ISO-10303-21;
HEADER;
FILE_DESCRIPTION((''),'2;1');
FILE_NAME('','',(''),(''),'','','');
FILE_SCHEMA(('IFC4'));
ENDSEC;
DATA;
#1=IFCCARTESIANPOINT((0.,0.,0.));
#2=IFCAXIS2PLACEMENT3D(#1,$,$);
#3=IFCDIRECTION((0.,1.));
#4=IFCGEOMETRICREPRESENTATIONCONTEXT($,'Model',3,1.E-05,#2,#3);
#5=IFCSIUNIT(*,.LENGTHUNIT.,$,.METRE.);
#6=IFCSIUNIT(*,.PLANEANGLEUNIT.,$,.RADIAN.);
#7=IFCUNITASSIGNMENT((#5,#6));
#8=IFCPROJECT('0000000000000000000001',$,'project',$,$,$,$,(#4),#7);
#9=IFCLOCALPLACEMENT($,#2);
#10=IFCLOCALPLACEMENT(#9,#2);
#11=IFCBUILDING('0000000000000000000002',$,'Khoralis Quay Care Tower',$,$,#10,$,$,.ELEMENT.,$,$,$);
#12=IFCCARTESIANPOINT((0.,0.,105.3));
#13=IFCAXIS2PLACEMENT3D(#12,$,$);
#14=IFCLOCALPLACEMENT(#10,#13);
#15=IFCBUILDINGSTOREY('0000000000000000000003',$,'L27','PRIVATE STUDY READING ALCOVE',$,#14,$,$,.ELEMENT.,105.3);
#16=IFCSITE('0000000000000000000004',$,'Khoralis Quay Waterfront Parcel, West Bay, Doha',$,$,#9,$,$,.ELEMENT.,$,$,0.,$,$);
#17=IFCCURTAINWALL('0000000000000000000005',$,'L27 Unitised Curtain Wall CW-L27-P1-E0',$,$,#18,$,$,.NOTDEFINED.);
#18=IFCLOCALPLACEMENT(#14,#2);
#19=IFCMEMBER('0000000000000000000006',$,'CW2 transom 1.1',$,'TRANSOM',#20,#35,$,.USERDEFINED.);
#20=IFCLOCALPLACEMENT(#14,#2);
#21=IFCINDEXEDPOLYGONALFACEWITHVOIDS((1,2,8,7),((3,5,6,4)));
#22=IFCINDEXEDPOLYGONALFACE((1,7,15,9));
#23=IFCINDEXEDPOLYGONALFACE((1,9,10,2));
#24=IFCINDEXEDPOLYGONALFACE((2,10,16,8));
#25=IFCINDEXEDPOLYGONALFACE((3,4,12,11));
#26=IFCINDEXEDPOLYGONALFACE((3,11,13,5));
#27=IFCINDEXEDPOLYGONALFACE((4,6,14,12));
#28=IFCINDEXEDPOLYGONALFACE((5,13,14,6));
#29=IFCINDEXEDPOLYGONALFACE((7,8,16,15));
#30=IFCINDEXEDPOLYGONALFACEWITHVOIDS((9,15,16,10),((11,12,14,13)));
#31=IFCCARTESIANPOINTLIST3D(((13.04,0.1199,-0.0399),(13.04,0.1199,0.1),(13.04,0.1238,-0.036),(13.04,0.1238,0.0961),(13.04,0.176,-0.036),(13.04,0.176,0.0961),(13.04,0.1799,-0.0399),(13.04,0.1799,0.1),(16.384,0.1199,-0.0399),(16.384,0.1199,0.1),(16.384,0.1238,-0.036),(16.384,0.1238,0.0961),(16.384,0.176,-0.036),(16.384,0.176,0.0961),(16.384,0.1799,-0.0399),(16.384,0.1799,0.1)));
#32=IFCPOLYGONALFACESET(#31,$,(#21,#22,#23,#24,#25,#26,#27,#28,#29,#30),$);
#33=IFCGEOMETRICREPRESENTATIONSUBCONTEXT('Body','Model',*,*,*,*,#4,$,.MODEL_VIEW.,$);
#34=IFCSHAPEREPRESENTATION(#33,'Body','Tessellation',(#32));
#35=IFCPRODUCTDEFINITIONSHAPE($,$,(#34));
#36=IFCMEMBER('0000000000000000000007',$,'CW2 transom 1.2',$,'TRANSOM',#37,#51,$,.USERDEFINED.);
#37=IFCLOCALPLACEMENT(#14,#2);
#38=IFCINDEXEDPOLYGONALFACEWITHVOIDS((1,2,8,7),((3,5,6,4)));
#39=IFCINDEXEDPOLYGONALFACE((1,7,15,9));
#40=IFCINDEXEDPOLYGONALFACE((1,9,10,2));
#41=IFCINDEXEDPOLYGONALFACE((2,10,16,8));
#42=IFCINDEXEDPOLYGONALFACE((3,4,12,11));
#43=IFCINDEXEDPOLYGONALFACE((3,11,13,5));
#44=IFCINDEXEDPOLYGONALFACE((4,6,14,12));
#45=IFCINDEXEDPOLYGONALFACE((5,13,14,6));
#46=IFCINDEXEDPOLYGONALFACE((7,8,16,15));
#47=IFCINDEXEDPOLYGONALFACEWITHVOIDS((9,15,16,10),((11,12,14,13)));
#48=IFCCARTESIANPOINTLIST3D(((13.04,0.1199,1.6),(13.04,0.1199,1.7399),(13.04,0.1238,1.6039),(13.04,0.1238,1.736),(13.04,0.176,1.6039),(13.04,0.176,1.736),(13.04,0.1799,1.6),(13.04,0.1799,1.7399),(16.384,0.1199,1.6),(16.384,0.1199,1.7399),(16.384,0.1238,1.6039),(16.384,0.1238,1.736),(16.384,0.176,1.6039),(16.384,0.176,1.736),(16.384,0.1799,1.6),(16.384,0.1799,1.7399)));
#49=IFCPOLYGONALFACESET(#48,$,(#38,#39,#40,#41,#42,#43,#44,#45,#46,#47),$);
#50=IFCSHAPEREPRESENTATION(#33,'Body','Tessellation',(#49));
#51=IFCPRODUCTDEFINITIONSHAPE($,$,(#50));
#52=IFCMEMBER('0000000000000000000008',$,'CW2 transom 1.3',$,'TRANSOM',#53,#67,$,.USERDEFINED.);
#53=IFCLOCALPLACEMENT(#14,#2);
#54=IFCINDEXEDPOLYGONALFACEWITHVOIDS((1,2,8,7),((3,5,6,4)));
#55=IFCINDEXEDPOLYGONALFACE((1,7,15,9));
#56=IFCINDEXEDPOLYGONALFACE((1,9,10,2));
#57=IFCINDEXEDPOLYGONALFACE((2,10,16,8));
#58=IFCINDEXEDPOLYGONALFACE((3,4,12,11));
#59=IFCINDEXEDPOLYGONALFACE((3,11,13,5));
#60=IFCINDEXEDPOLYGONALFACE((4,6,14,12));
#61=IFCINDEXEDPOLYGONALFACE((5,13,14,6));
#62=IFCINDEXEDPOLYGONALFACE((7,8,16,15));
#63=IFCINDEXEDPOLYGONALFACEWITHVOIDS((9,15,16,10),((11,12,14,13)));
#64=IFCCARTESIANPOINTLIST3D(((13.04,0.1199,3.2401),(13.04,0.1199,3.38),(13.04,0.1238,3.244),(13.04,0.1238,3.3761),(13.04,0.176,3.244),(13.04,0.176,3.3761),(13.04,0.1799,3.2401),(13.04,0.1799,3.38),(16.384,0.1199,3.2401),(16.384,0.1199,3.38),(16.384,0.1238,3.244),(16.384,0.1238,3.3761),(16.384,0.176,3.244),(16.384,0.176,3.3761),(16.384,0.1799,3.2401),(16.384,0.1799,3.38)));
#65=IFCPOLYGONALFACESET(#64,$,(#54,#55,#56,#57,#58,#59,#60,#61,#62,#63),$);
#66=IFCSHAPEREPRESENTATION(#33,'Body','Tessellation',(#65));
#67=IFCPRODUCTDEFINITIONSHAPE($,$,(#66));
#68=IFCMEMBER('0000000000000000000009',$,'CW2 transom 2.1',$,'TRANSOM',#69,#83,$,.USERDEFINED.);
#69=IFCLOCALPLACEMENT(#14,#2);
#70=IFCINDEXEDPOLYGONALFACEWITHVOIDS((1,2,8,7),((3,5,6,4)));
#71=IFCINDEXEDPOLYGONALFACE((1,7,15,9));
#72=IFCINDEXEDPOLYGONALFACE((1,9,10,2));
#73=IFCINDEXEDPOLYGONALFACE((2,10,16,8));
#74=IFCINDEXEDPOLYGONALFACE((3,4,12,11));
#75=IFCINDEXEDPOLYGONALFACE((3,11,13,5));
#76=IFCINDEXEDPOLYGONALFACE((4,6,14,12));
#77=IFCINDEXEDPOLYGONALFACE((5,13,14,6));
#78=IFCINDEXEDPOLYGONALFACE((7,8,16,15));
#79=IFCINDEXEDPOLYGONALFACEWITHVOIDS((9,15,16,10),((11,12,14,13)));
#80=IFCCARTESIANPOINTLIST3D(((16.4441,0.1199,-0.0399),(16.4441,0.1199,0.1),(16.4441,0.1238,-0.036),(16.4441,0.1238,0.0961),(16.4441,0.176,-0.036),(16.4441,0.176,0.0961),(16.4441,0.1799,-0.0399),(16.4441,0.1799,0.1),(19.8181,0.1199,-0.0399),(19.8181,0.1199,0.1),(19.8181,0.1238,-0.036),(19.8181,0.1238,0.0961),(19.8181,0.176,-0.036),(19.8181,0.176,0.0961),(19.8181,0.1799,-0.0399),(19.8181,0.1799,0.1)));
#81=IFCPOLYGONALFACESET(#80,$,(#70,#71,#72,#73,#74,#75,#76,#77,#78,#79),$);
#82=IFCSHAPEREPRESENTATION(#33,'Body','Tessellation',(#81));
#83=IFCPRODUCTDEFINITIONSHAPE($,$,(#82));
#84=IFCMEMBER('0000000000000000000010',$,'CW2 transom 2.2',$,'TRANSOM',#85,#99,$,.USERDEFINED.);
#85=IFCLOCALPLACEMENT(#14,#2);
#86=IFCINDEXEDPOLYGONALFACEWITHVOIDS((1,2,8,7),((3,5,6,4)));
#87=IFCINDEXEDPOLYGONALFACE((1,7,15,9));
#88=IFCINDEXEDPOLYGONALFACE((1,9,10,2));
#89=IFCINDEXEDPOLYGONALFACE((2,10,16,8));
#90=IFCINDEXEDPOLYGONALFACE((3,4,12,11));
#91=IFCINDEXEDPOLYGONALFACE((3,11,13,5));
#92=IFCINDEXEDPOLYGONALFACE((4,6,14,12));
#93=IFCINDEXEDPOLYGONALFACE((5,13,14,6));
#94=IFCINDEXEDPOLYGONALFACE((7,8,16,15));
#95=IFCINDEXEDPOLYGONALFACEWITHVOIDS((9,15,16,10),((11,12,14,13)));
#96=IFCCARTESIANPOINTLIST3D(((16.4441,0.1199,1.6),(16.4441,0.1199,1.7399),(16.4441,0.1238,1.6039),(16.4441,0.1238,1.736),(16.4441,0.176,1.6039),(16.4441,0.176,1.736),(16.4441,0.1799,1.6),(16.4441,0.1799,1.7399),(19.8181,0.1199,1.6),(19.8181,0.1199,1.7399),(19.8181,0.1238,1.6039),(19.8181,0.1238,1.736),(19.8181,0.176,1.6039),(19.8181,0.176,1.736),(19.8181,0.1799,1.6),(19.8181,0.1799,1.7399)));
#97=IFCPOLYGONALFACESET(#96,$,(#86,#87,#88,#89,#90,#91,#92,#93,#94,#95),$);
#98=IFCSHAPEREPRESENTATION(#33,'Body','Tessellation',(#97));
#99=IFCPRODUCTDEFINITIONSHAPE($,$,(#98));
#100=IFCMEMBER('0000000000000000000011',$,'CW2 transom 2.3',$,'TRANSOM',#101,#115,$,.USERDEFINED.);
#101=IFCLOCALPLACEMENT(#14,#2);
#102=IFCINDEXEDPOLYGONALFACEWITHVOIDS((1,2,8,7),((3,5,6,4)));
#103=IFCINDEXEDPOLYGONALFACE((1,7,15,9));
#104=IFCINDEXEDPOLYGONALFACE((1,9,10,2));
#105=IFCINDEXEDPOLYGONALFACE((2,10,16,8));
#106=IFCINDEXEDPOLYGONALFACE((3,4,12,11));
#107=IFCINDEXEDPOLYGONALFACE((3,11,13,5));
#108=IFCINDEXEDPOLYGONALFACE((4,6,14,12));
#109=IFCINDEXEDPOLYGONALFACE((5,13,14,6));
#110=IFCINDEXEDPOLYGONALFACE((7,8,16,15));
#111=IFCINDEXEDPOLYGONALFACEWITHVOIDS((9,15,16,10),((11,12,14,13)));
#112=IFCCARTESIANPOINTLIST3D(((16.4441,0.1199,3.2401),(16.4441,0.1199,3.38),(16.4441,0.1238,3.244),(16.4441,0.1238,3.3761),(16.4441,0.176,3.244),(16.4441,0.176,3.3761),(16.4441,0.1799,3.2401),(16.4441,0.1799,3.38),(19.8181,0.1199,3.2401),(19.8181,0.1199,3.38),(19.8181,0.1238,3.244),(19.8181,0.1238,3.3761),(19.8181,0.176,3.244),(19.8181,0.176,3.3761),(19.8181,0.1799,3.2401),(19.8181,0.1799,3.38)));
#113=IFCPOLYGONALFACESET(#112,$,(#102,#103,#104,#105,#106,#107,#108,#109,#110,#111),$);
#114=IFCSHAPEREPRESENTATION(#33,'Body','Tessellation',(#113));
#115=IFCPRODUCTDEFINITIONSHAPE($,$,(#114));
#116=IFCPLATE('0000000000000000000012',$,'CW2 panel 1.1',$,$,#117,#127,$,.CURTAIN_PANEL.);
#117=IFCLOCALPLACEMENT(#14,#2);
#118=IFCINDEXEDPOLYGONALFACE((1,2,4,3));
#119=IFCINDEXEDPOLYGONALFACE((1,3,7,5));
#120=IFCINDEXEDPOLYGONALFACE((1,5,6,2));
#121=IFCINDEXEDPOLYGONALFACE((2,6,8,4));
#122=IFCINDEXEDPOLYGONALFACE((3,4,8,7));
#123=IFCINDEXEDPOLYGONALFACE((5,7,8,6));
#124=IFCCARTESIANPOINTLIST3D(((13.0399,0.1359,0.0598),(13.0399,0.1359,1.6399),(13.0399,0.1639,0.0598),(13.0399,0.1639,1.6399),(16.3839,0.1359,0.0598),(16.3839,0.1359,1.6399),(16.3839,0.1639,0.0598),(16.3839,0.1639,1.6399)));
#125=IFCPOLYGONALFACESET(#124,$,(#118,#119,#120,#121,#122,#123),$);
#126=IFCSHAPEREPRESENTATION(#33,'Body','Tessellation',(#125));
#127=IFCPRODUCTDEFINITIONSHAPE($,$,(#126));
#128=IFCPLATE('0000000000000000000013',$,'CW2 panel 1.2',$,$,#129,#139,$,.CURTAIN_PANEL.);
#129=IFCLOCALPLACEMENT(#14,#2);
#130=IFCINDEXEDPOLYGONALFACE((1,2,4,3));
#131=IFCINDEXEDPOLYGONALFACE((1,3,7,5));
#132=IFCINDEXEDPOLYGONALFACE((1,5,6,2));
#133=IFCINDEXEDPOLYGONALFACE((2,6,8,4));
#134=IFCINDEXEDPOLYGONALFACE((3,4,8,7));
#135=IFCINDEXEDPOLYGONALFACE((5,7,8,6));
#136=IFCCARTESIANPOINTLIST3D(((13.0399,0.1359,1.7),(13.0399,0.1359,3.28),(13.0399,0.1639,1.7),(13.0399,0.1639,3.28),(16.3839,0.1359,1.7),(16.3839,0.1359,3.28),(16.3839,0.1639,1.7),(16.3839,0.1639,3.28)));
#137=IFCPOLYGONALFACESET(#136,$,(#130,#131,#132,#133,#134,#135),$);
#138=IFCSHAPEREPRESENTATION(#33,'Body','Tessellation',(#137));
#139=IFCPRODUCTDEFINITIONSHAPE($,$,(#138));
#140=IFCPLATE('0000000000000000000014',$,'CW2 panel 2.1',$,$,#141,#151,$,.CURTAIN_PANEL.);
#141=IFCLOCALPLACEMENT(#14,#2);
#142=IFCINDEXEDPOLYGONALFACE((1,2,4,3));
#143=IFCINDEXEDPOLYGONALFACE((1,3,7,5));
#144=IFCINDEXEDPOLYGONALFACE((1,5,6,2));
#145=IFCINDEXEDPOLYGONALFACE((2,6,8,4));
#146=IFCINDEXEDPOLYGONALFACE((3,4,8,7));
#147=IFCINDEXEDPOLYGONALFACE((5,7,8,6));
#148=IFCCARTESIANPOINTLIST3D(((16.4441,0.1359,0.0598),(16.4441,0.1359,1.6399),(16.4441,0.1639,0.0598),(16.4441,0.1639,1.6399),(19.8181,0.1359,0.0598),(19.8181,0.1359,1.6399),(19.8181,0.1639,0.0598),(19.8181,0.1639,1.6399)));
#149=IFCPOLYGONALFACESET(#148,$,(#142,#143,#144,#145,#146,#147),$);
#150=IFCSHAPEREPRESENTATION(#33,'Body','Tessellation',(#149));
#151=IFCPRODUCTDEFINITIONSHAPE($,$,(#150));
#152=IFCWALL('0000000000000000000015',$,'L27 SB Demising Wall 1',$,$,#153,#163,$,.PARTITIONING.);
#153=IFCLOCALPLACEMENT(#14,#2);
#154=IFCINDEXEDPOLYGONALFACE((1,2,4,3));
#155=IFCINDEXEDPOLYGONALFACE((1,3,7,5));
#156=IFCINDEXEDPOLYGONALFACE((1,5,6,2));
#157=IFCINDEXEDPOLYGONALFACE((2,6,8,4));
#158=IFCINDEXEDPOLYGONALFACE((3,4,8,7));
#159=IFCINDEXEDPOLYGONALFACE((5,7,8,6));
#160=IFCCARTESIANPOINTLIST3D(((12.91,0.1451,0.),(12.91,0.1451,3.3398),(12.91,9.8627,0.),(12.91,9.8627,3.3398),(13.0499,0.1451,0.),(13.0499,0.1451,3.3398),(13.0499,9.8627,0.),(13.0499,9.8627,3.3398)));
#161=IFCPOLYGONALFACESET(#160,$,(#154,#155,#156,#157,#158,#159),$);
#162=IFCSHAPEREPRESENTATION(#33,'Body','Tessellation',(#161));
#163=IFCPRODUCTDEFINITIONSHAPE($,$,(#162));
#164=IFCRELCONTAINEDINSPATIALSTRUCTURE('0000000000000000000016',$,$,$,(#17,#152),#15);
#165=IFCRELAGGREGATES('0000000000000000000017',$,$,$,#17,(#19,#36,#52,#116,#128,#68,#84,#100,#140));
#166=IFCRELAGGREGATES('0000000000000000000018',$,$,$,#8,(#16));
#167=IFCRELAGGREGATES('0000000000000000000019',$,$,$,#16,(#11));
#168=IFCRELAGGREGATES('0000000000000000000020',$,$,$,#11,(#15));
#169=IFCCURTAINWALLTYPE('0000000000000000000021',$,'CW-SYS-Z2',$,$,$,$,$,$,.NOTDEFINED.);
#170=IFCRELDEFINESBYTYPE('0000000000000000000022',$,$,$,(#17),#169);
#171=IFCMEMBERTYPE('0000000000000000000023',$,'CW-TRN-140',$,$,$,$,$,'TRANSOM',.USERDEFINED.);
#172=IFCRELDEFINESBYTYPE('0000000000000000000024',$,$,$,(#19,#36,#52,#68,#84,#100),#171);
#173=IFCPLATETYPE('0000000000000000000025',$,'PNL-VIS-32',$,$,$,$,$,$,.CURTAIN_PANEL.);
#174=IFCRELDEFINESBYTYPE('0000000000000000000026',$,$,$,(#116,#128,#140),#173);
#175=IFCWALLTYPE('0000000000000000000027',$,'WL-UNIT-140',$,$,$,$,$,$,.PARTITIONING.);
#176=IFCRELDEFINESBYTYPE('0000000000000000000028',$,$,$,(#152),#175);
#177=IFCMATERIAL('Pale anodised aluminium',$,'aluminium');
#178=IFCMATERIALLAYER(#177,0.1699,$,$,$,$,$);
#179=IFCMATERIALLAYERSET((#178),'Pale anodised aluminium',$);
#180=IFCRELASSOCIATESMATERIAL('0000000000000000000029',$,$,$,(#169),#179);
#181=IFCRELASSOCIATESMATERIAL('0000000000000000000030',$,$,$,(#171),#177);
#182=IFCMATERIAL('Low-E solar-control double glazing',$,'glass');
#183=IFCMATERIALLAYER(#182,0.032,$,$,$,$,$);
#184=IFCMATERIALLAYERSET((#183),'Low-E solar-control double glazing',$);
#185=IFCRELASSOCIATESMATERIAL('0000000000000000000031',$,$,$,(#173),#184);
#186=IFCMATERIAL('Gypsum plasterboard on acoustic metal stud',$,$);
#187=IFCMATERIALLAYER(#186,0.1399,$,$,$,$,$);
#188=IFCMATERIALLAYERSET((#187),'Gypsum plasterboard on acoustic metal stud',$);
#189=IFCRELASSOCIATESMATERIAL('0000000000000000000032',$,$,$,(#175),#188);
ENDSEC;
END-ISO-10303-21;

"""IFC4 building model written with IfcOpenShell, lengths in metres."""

from ifc_helpers import new_model, si_unit, direction, frame, frame_2d, origin, origin_2d, place, context, subcontext, project, spatial, rectangle, hollow_rectangle, extrude, source, transform, mapped, material, layer, layer_set, material_profile, profile_set, type_object, element, aggregate, save


model = new_model("IFC4")

# Units and contexts
model_context = context("Model", 3, precision=1e-05, world=origin(), true_north=direction((0.0, 1.0)))
body_context = subcontext(model_context, "Body", "Model", "MODEL_VIEW")
ifc_project = project(units=[si_unit("LENGTHUNIT", "METRE"), si_unit("PLANEANGLEUNIT", "RADIAN")], contexts=[model_context])

# Site, building, storey
site_placement = place(None, origin())
site = spatial("IfcSite", under=ifc_project, at=site_placement, Name="Khoralis Quay Waterfront Parcel, West Bay, Doha", CompositionType="ELEMENT", RefElevation=0.0)
building_placement = place(site_placement, origin())
building = spatial("IfcBuilding", under=site, at=building_placement, Name="Khoralis Quay Care Tower", CompositionType="ELEMENT")
storey_placement = place(building_placement, frame((0.0, 0.0, 105.3)))
storey = spatial("IfcBuildingStorey", under=building, at=storey_placement, Name="L27", Description="PRIVATE STUDY READING ALCOVE", CompositionType="ELEMENT", Elevation=105.3)

# Curtain wall, members, plates
ifc_material_1 = material(Name="Pale anodised aluminium", Category="aluminium")
ifc_layer_1 = layer(ifc_material_1, 0.1699)
ifc_layer_set_1 = layer_set([ifc_layer_1], Name="Pale anodised aluminium")
curtain_wall_type = type_object("IfcCurtainWallType", Name="CW-SYS-Z2", PredefinedType="NOTDEFINED", material=ifc_layer_set_1)
curtain_wall_placement = place(storey_placement, origin())
curtain_wall = element("IfcCurtainWall", 1, at=curtain_wall_placement, inside=storey, type_object=curtain_wall_type, Name="L27 Unitised Curtain Wall CW-L27-P1-E0", PredefinedType="NOTDEFINED")
ifc_material_profile_1 = material_profile(ifc_material_1, hollow_rectangle(XDim=0.0601, YDim=0.1399, WallThickness=0.0039, at=origin_2d()), Name="Pale anodised aluminium")
ifc_profile_set_1 = profile_set([ifc_material_profile_1], Name="Pale anodised aluminium")
member_type_1 = type_object("IfcMemberType", Name="CW-TRN-140", ElementType="TRANSOM", PredefinedType="USERDEFINED", material=ifc_profile_set_1)
shared_shape_1 = source(origin(), body_context, "Body", "SweptSolid", [
    extrude(hollow_rectangle(XDim=0.0601, YDim=0.1399, WallThickness=0.0039, at=origin_2d()), origin(), (0.0, 0.0, 1.0), 3.344),
])
member_1_placement = place(storey_placement, frame((13.04, 0.1499, 0.03), z_axis=(1.0, 0.0, 0.0), x_axis=(0.0, 1.0, 0.0)))
member_1 = element("IfcMember", 2, at=member_1_placement, type_object=member_type_1, Name="CW2 transom 1.1", ObjectType="TRANSOM", PredefinedType="USERDEFINED", context=body_context, shape_type="MappedRepresentation", body=[
    mapped(shared_shape_1, transform((0.0, 0.0, 0.0), scale=1.0)),
])
member_2_placement = place(storey_placement, frame((13.04, 0.1499, 1.6699), z_axis=(1.0, 0.0, 0.0), x_axis=(0.0, 1.0, 0.0)))
member_2 = element("IfcMember", 3, at=member_2_placement, type_object=member_type_1, Name="CW2 transom 1.2", ObjectType="TRANSOM", PredefinedType="USERDEFINED", context=body_context, shape_type="MappedRepresentation", body=[
    mapped(shared_shape_1, transform((0.0, 0.0, 0.0), scale=1.0)),
])
member_3_placement = place(storey_placement, frame((13.04, 0.1499, 3.3101), z_axis=(1.0, 0.0, 0.0), x_axis=(0.0, 1.0, 0.0)))
member_3 = element("IfcMember", 4, at=member_3_placement, type_object=member_type_1, Name="CW2 transom 1.3", ObjectType="TRANSOM", PredefinedType="USERDEFINED", context=body_context, shape_type="MappedRepresentation", body=[
    mapped(shared_shape_1, transform((0.0, 0.0, 0.0), scale=1.0)),
])
shared_shape_2 = source(origin(), body_context, "Body", "SweptSolid", [
    extrude(hollow_rectangle(XDim=0.0601, YDim=0.1399, WallThickness=0.0039, at=origin_2d()), origin(), (0.0, 0.0, 1.0), 3.374),
])
member_4_placement = place(storey_placement, frame((16.4441, 0.1499, 0.03), z_axis=(1.0, 0.0, 0.0), x_axis=(0.0, 1.0, 0.0)))
member_4 = element("IfcMember", 5, at=member_4_placement, type_object=member_type_1, Name="CW2 transom 2.1", ObjectType="TRANSOM", PredefinedType="USERDEFINED", context=body_context, shape_type="MappedRepresentation", body=[
    mapped(shared_shape_2, transform((0.0, 0.0, 0.0), scale=1.0)),
])
member_5_placement = place(storey_placement, frame((16.4441, 0.1499, 1.6699), z_axis=(1.0, 0.0, 0.0), x_axis=(0.0, 1.0, 0.0)))
member_5 = element("IfcMember", 6, at=member_5_placement, type_object=member_type_1, Name="CW2 transom 2.2", ObjectType="TRANSOM", PredefinedType="USERDEFINED", context=body_context, shape_type="MappedRepresentation", body=[
    mapped(shared_shape_2, transform((0.0, 0.0, 0.0), scale=1.0)),
])
member_6_placement = place(storey_placement, frame((16.4441, 0.1499, 3.3101), z_axis=(1.0, 0.0, 0.0), x_axis=(0.0, 1.0, 0.0)))
member_6 = element("IfcMember", 7, at=member_6_placement, type_object=member_type_1, Name="CW2 transom 2.3", ObjectType="TRANSOM", PredefinedType="USERDEFINED", context=body_context, shape_type="MappedRepresentation", body=[
    mapped(shared_shape_2, transform((0.0, 0.0, 0.0), scale=1.0)),
])
ifc_material_2 = material(Name="Low-E solar-control double glazing", Category="glass")
ifc_layer_2 = layer(ifc_material_2, 0.032)
ifc_layer_set_2 = layer_set([ifc_layer_2], Name="Low-E solar-control double glazing")
plate_type = type_object("IfcPlateType", Name="PNL-VIS-32", PredefinedType="CURTAIN_PANEL", material=ifc_layer_set_2)
shared_shape_3 = source(origin(), body_context, "Body", "SweptSolid", [
    extrude(rectangle(XDim=3.344, YDim=0.0281, at=origin_2d()), origin(), (0.0, 0.0, 1.0), 1.5801),
])
plate_1_placement = place(storey_placement, frame((14.7119, 0.1499, 0.0598), z_axis=(0.0, 0.0, 1.0), x_axis=(1.0, 0.0, 0.0)))
plate_1 = element("IfcPlate", 8, at=plate_1_placement, type_object=plate_type, Name="CW2 panel 1.1", PredefinedType="CURTAIN_PANEL", context=body_context, shape_type="MappedRepresentation", body=[
    mapped(shared_shape_3, transform((0.0, 0.0, 0.0), scale=1.0)),
])
plate_2_placement = place(storey_placement, frame((14.7119, 0.1499, 1.7), z_axis=(0.0, 0.0, 1.0), x_axis=(1.0, 0.0, 0.0)))
plate_2 = element("IfcPlate", 9, at=plate_2_placement, type_object=plate_type, Name="CW2 panel 1.2", PredefinedType="CURTAIN_PANEL", context=body_context, shape_type="MappedRepresentation", body=[
    mapped(shared_shape_3, transform((0.0, 0.0, 0.0), scale=1.0)),
])
shared_shape_4 = source(origin(), body_context, "Body", "SweptSolid", [
    extrude(rectangle(XDim=3.374, YDim=0.0281, at=origin_2d()), origin(), (0.0, 0.0, 1.0), 1.5801),
])
plate_3_placement = place(storey_placement, frame((18.1311, 0.1499, 0.0598), z_axis=(0.0, 0.0, 1.0), x_axis=(1.0, 0.0, 0.0)))
plate_3 = element("IfcPlate", 10, at=plate_3_placement, type_object=plate_type, Name="CW2 panel 2.1", PredefinedType="CURTAIN_PANEL", context=body_context, shape_type="MappedRepresentation", body=[
    mapped(shared_shape_4, transform((0.0, 0.0, 0.0), scale=1.0)),
])
aggregate(curtain_wall, [member_1, member_2, member_3, plate_1, plate_2, member_4, member_5, member_6, plate_3])

# Wall
ifc_material_3 = material(Name="Gypsum plasterboard on acoustic metal stud")
ifc_layer_3 = layer(ifc_material_3, 0.1399)
ifc_layer_set_3 = layer_set([ifc_layer_3], Name="Gypsum plasterboard on acoustic metal stud")
wall_type = type_object("IfcWallType", Name="WL-UNIT-140", PredefinedType="PARTITIONING", material=ifc_layer_set_3)
wall_1_placement = place(storey_placement, frame((12.98, 0.145, 0.0), z_axis=(0.0, 0.0, 1.0), x_axis=(0.0, 1.0, 0.0)))
element("IfcWall", 11, at=wall_1_placement, inside=storey, type_object=wall_type, Name="L27 SB Demising Wall 1", PredefinedType="PARTITIONING", context=body_context, shape_type="SweptSolid", body=[
    extrude(rectangle(XDim=9.7175, YDim=0.1399, at=frame_2d((4.8589, 0.0))), origin(), (0.0, 0.0, 1.0), 3.3398),
])

save(model, "model.ifc")
